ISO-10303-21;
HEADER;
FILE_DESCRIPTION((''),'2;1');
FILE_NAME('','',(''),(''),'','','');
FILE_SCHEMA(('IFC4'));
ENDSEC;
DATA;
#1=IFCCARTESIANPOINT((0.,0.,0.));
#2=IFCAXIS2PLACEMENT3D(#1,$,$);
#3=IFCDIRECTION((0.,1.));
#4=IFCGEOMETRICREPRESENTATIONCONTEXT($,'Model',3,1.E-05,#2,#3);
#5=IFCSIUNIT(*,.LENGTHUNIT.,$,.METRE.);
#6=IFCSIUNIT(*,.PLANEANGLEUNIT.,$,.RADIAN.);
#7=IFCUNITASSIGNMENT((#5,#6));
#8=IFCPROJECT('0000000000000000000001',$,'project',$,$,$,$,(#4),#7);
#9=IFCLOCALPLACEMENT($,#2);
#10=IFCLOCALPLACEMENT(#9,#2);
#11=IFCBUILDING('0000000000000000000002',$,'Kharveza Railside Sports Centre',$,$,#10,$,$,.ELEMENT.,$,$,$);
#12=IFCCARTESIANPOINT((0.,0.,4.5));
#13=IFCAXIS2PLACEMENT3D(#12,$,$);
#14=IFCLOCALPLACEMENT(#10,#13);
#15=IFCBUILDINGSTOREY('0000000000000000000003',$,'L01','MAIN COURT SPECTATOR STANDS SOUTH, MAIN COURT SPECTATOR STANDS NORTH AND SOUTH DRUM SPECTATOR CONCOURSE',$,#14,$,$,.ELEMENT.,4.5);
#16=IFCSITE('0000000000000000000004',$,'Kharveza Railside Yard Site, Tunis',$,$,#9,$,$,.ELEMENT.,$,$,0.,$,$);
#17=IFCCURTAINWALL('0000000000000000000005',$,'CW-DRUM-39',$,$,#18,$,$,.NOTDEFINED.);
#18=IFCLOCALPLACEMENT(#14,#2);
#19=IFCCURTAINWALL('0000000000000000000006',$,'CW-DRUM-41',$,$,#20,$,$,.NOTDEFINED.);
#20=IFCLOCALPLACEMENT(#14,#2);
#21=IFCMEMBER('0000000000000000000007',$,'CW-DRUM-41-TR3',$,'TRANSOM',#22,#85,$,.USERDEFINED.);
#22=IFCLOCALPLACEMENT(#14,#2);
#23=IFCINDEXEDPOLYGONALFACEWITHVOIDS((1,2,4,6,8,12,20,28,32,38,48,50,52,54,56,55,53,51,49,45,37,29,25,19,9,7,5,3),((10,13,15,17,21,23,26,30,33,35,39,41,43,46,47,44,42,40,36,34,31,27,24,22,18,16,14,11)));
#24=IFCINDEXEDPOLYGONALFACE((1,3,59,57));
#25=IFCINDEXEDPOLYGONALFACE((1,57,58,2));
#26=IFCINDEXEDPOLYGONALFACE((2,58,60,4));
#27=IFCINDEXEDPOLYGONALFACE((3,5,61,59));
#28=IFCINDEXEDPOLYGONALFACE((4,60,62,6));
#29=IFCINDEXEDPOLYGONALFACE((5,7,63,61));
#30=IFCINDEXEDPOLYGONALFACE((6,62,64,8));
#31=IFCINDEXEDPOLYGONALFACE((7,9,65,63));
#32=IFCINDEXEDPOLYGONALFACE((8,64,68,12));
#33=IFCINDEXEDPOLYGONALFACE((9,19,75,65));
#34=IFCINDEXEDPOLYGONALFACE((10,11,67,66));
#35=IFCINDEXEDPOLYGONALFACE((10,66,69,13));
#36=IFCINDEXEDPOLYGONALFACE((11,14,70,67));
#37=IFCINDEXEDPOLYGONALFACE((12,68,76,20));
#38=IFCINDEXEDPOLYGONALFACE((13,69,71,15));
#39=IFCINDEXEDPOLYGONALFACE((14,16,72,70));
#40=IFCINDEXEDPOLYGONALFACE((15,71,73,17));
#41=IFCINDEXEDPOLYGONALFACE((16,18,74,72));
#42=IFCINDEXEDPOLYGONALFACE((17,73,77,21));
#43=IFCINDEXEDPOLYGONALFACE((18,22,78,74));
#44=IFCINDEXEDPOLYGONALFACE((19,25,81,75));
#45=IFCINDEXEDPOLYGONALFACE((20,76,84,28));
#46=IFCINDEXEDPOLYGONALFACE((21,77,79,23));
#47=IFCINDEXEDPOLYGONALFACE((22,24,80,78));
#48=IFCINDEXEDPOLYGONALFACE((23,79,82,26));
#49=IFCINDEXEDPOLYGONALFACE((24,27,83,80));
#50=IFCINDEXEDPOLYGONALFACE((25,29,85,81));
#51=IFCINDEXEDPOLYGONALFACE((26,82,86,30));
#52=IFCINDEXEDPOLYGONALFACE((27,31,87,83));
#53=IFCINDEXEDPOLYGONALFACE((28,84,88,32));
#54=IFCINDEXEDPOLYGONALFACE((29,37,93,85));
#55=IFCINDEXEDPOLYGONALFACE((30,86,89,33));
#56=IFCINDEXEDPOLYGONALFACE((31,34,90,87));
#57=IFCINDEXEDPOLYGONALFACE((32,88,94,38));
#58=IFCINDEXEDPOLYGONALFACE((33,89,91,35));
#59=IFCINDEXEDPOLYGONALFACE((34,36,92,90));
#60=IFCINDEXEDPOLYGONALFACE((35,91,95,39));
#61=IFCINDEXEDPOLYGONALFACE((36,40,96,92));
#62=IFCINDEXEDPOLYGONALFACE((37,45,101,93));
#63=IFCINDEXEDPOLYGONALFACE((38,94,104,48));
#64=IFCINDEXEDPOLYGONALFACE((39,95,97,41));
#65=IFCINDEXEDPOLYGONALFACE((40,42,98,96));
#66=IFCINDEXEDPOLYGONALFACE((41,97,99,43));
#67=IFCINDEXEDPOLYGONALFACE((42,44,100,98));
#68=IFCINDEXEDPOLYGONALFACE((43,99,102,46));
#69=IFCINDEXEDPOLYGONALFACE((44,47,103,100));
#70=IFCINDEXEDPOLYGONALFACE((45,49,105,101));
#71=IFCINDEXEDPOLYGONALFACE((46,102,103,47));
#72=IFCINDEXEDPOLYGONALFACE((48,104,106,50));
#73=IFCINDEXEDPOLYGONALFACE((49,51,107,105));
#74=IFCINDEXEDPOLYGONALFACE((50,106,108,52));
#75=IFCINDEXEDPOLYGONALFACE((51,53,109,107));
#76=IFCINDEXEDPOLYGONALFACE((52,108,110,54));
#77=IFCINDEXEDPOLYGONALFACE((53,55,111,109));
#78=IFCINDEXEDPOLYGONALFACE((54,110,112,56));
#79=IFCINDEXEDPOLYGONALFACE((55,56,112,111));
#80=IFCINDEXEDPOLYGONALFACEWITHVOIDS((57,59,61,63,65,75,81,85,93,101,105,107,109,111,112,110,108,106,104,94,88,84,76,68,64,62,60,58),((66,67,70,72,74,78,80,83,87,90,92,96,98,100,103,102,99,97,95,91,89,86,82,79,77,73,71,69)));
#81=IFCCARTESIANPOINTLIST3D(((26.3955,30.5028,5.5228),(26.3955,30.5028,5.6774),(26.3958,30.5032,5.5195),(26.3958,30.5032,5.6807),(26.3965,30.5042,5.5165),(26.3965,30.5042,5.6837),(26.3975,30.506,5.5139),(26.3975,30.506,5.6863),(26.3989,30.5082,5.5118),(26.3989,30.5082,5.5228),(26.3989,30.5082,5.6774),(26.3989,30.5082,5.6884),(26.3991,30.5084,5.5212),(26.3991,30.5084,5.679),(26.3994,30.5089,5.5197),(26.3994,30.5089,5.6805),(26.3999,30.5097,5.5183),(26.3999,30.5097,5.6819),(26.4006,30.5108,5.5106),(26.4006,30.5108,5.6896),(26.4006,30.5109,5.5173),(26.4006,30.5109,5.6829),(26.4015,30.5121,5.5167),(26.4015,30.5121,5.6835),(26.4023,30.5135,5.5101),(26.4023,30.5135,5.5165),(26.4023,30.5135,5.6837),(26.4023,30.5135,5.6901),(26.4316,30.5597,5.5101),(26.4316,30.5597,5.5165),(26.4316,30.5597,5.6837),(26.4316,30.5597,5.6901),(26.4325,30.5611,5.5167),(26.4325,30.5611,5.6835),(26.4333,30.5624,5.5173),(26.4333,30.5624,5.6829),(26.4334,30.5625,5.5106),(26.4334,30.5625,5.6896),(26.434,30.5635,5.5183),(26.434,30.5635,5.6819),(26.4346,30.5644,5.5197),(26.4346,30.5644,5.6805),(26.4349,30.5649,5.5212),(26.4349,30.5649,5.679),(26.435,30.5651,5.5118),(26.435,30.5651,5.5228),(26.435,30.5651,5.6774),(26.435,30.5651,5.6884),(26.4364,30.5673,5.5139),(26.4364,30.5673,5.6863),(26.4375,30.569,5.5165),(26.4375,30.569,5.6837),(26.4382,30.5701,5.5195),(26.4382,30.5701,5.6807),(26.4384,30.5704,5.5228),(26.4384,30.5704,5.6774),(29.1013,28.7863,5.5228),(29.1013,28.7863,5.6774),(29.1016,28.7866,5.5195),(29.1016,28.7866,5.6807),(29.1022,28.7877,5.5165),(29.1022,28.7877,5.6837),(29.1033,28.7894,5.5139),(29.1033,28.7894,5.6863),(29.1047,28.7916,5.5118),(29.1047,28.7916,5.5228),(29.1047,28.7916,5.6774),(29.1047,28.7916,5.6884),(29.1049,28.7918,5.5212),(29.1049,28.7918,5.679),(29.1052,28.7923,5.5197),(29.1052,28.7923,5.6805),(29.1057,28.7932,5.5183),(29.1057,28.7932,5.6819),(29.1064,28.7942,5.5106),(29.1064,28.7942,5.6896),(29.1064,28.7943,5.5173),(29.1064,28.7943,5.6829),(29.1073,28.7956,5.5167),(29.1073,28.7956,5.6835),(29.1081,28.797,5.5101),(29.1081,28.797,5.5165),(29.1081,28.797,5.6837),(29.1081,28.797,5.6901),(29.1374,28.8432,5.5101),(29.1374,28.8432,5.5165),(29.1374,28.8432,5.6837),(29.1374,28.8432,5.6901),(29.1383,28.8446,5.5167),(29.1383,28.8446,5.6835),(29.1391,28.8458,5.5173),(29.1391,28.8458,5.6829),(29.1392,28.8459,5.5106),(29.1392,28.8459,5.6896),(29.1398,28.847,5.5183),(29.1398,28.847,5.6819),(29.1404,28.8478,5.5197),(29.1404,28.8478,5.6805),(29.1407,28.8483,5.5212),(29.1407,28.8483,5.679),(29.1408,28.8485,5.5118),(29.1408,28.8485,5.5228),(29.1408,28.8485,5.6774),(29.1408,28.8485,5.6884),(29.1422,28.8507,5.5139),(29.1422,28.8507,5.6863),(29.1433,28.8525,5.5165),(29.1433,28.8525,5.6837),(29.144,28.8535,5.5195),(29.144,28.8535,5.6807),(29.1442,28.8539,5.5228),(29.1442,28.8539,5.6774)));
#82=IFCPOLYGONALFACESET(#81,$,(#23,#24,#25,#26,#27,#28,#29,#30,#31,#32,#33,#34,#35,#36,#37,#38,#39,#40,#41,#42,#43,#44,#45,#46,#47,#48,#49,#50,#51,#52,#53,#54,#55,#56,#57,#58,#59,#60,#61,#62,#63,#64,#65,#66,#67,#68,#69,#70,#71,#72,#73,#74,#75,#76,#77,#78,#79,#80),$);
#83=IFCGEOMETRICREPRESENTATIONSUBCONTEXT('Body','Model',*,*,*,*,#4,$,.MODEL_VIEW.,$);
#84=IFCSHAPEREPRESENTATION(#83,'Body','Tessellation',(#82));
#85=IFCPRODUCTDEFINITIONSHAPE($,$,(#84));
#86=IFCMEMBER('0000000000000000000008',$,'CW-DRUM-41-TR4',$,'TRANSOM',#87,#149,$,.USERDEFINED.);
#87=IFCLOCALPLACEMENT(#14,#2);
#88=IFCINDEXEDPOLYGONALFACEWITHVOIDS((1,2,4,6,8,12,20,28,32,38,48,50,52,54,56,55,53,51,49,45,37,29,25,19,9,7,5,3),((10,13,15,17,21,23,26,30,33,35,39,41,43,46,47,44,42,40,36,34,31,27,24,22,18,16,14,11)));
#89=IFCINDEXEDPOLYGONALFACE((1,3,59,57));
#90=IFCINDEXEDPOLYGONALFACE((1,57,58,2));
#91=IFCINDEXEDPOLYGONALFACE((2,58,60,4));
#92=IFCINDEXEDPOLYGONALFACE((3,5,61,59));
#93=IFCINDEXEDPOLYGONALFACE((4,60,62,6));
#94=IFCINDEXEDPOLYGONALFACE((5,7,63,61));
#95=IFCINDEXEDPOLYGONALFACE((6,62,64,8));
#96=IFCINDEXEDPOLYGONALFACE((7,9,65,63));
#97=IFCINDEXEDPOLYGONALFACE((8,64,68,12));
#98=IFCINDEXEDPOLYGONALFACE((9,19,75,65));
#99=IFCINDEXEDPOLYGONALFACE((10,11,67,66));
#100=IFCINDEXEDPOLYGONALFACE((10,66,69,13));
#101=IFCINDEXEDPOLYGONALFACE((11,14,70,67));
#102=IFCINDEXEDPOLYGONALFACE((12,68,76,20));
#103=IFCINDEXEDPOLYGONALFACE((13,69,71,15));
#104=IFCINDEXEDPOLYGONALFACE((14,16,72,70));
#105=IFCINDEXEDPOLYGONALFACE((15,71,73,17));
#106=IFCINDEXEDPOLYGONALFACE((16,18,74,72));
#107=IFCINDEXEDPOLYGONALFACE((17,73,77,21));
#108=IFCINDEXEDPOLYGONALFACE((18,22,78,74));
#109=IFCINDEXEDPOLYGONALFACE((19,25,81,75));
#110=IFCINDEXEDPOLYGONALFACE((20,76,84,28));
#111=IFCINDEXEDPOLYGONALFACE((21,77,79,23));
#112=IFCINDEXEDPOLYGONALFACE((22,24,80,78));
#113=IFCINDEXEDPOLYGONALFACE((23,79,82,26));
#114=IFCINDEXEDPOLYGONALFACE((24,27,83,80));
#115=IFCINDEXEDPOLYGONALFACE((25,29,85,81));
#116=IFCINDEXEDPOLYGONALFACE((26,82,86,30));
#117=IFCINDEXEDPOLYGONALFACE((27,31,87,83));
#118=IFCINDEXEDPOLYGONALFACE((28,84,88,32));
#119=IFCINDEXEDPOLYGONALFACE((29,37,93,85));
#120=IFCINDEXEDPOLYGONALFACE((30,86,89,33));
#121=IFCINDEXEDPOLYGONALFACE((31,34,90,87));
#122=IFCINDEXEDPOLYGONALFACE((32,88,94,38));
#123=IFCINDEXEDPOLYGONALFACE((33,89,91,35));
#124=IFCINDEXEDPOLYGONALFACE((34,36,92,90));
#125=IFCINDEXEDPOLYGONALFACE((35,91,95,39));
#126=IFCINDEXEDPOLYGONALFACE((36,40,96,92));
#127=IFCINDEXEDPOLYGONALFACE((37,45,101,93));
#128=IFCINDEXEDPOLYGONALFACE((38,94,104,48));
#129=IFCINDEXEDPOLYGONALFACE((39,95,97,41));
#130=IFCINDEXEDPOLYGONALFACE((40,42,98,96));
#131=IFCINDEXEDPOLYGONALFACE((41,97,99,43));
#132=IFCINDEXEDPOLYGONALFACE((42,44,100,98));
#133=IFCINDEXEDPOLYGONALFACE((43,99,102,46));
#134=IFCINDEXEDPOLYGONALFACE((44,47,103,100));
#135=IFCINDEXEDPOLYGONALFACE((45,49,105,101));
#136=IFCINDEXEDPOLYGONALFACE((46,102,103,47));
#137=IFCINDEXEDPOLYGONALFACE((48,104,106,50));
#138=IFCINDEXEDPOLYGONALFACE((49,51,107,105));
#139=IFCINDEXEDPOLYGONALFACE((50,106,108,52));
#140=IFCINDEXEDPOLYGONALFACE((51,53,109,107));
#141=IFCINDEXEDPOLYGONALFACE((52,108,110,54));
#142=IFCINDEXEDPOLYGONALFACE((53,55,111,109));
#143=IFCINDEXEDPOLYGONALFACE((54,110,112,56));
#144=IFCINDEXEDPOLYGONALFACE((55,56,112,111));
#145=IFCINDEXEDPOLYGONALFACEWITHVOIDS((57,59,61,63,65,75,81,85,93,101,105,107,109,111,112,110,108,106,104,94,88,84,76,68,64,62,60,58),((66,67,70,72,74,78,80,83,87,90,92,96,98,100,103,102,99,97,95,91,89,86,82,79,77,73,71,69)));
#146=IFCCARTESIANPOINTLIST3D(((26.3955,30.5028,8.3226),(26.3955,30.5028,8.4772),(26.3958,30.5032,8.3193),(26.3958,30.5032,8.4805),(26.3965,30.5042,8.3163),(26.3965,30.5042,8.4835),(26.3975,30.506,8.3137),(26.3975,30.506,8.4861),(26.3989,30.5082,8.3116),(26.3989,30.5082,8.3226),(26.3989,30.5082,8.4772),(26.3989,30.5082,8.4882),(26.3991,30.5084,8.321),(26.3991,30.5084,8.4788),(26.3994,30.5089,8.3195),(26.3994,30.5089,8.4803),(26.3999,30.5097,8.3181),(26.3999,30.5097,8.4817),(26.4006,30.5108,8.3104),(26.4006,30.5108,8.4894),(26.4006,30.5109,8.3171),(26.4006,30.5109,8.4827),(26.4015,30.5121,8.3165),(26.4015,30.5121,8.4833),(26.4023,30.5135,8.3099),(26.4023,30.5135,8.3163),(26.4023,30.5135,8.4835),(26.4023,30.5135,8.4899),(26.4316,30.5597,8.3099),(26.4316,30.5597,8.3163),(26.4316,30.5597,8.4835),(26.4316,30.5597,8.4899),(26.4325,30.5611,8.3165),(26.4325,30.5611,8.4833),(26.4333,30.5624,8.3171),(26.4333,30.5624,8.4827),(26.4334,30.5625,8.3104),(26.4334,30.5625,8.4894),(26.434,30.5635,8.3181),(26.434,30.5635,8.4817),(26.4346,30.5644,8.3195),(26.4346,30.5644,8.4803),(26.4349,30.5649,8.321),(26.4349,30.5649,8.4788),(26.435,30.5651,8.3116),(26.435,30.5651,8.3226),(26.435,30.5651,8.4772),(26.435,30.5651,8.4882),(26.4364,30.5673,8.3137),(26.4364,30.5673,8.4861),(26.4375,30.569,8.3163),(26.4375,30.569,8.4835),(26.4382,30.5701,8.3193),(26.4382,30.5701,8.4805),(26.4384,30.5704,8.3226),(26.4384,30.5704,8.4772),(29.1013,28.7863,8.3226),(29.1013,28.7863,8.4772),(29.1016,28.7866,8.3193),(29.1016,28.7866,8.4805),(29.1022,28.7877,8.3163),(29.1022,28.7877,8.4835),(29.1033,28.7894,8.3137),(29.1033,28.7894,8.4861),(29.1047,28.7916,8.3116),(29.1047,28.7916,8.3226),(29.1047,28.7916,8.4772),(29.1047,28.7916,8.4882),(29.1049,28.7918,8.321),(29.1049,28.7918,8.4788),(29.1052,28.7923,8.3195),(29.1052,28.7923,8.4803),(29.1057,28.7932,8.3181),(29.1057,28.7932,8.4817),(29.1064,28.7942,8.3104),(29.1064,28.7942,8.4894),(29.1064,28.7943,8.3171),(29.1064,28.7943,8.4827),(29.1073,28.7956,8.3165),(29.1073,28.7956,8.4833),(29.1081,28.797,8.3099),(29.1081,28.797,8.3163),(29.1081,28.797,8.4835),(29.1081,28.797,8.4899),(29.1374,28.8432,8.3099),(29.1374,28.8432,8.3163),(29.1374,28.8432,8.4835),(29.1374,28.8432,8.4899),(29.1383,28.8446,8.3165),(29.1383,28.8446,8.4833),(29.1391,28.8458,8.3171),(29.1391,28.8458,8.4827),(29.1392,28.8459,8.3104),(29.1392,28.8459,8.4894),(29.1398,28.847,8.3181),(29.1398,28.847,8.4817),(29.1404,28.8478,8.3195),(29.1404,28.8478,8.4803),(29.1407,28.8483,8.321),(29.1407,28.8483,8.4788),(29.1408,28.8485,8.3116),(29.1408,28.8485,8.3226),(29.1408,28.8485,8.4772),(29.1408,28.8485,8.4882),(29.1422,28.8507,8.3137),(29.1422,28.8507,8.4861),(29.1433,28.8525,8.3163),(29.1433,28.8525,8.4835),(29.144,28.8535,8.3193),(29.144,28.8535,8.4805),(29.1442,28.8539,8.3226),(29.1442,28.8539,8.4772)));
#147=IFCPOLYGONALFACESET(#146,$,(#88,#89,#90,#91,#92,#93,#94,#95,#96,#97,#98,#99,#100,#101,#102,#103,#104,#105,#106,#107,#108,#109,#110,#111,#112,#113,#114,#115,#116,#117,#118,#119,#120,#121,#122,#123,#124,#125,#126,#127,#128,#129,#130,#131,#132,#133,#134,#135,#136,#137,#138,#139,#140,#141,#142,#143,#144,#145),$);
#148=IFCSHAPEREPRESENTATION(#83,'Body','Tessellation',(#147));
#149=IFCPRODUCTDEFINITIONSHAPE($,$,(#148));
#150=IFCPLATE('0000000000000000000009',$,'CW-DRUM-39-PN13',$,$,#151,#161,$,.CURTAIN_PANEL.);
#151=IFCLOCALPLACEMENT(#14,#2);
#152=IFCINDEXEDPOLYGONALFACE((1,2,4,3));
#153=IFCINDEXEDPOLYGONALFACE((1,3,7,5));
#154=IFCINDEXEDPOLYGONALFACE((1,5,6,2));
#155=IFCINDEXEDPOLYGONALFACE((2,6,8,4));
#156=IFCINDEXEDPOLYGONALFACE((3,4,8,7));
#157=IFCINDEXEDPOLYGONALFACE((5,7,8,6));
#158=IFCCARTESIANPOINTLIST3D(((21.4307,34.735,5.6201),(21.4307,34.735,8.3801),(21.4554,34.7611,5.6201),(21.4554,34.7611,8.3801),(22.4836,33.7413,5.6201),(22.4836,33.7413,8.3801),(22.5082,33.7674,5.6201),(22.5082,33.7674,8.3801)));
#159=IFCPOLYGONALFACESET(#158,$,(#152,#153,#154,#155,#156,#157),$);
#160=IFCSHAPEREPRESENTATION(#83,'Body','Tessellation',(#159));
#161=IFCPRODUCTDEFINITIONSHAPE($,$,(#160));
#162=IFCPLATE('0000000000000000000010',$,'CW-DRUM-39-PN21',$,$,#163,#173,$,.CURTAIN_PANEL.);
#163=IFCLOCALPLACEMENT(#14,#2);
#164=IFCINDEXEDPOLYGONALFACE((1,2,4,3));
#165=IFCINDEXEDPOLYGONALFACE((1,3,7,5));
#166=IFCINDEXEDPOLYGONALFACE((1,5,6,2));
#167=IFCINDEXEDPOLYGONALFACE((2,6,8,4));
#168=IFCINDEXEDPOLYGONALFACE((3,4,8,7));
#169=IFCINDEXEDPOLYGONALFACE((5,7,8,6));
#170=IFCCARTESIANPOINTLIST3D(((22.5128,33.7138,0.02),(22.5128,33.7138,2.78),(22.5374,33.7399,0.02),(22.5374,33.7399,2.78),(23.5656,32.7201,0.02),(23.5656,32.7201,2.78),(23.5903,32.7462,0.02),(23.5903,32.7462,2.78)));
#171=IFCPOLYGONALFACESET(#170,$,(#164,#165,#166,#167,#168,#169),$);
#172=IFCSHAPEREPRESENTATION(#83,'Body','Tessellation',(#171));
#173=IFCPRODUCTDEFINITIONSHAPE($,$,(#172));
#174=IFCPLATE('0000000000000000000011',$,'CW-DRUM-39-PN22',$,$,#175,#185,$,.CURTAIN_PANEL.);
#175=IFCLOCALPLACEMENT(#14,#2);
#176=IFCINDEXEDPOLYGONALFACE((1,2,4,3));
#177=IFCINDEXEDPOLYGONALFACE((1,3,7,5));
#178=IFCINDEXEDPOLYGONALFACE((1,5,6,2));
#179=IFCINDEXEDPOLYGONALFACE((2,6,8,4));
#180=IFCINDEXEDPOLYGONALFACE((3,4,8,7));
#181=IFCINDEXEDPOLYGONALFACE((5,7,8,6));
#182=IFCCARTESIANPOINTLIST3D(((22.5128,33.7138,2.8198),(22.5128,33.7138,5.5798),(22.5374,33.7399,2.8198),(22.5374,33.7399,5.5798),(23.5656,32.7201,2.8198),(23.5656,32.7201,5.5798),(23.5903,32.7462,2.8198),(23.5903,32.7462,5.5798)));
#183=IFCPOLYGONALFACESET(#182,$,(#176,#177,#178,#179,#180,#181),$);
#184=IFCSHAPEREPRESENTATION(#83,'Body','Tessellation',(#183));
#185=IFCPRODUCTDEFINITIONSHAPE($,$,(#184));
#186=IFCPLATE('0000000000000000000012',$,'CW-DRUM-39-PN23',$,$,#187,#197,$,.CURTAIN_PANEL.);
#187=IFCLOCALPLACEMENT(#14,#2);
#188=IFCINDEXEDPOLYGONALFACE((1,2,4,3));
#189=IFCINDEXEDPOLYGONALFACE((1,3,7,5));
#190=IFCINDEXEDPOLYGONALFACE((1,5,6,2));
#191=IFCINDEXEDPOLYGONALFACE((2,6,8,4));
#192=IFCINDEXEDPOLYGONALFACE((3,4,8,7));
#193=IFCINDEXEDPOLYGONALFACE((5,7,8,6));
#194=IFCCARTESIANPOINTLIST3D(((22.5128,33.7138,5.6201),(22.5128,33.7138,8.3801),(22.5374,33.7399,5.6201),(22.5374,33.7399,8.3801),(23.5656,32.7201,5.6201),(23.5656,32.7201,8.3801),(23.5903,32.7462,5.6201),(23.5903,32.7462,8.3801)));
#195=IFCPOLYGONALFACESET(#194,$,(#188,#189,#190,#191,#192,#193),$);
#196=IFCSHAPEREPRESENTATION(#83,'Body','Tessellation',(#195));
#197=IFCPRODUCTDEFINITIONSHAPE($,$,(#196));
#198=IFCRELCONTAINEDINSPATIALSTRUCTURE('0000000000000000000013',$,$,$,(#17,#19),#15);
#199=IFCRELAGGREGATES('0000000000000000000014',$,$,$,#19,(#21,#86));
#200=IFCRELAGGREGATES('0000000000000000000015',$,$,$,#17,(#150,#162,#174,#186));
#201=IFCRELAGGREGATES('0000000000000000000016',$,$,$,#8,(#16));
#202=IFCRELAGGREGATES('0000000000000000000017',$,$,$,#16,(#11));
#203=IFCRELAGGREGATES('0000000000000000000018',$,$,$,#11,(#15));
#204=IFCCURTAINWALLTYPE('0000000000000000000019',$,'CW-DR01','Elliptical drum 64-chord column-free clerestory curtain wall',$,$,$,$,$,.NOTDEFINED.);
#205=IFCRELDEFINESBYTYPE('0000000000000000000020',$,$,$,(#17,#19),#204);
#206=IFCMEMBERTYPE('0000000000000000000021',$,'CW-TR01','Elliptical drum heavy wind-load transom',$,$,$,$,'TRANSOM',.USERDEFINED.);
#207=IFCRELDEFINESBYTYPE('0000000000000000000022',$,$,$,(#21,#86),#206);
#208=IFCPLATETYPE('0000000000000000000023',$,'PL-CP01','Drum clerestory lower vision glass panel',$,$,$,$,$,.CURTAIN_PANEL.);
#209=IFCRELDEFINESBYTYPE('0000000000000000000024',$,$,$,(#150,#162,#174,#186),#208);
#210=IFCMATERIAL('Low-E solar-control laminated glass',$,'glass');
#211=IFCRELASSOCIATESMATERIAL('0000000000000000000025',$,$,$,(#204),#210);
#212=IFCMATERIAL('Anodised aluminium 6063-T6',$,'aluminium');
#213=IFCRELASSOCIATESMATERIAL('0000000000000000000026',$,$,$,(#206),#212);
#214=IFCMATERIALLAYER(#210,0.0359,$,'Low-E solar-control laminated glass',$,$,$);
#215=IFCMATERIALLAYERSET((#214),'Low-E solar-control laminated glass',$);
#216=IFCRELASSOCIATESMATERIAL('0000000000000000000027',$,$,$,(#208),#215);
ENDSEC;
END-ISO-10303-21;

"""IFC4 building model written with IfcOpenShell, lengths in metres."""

from ifc_helpers import new_model, si_unit, direction, frame, origin, origin_2d, place, context, subcontext, project, spatial, rectangle, hollow_rectangle, extrude, material, layer, layer_set, material_profile, profile_set, type_object, element, aggregate, save


model = new_model("IFC4")

# Units and contexts
model_context = context("Model", 3, precision=1e-05, world=origin(), true_north=direction((0.0, 1.0)))
body_context = subcontext(model_context, "Body", "Model", "MODEL_VIEW")
ifc_project = project(units=[si_unit("LENGTHUNIT", "METRE"), si_unit("PLANEANGLEUNIT", "RADIAN")], contexts=[model_context])

# Site, building, storey
site_placement = place(None, origin())
site = spatial("IfcSite", under=ifc_project, at=site_placement, Name="Kharveza Railside Yard Site, Tunis", CompositionType="ELEMENT", RefElevation=0.0)
building_placement = place(site_placement, origin())
building = spatial("IfcBuilding", under=site, at=building_placement, Name="Kharveza Railside Sports Centre", CompositionType="ELEMENT")
storey_placement = place(building_placement, frame((0.0, 0.0, 4.5)))
storey = spatial("IfcBuildingStorey", under=building, at=storey_placement, Name="L01", Description="MAIN COURT SPECTATOR STANDS SOUTH, MAIN COURT SPECTATOR STANDS NORTH AND SOUTH DRUM SPECTATOR CONCOURSE", CompositionType="ELEMENT", Elevation=4.5)

# Curtain wall
ifc_material_1 = material(Name="Low-E solar-control laminated glass", Category="glass")
curtain_wall_type = type_object("IfcCurtainWallType", Name="CW-DR01", Description="Elliptical drum 64-chord column-free clerestory curtain wall", PredefinedType="NOTDEFINED", material=ifc_material_1)
curtain_wall_1_placement = place(storey_placement, origin())
curtain_wall_1 = element("IfcCurtainWall", 1, at=curtain_wall_1_placement, inside=storey, type_object=curtain_wall_type, Name="CW-DRUM-39", PredefinedType="NOTDEFINED")
ifc_material_2 = material(Name="Anodised aluminium 6063-T6", Category="aluminium")

# Curtain wall
curtain_wall_2_placement = place(storey_placement, origin())
curtain_wall_2 = element("IfcCurtainWall", 2, at=curtain_wall_2_placement, inside=storey, type_object=curtain_wall_type, Name="CW-DRUM-41", PredefinedType="NOTDEFINED")

# Members
ifc_material_profile_1 = material_profile(ifc_material_2, hollow_rectangle(XDim=0.0801, YDim=0.1799, WallThickness=0.0063, InnerFilletRadius=0.0063, OuterFilletRadius=0.0127, at=origin_2d()), Name="RHS 80x180x6.3")
ifc_profile_set_1 = profile_set([ifc_material_profile_1], Name="Anodised aluminium 6063-T6")
member_type_1 = type_object("IfcMemberType", Name="CW-TR01", Description="Elliptical drum heavy wind-load transom", ElementType="TRANSOM", PredefinedType="USERDEFINED", material=ifc_profile_set_1)
member_1_placement = place(storey_placement, frame((26.417, 30.5366, 5.6001), z_axis=(0.844414, -0.535692, 0.0), x_axis=(0.535692, 0.844414, 0.0)))
member_1 = element("IfcMember", 3, at=member_1_placement, type_object=member_type_1, Name="CW-DRUM-41-TR3", ObjectType="TRANSOM", PredefinedType="USERDEFINED", context=body_context, shape_type="SweptSolid", body=[
    extrude(hollow_rectangle(XDim=0.0801, YDim=0.1799, WallThickness=0.0063, InnerFilletRadius=0.0063, OuterFilletRadius=0.0127, at=origin_2d()), origin(), (0.0, 0.0, 1.0), 3.2043),
])
member_2_placement = place(storey_placement, frame((26.417, 30.5366, 8.3999), z_axis=(0.844414, -0.535692, 0.0), x_axis=(0.535692, 0.844414, 0.0)))
member_2 = element("IfcMember", 4, at=member_2_placement, type_object=member_type_1, Name="CW-DRUM-41-TR4", ObjectType="TRANSOM", PredefinedType="USERDEFINED", context=body_context, shape_type="SweptSolid", body=[
    extrude(hollow_rectangle(XDim=0.0801, YDim=0.1799, WallThickness=0.0063, InnerFilletRadius=0.0063, OuterFilletRadius=0.0127, at=origin_2d()), origin(), (0.0, 0.0, 1.0), 3.2043),
])
aggregate(curtain_wall_2, [member_1, member_2])

# Plates
ifc_layer_1 = layer(ifc_material_1, 0.0359, Name="Low-E solar-control laminated glass")
ifc_layer_set_1 = layer_set([ifc_layer_1], Name="Low-E solar-control laminated glass")
plate_type = type_object("IfcPlateType", Name="PL-CP01", Description="Drum clerestory lower vision glass panel", PredefinedType="CURTAIN_PANEL", material=ifc_layer_set_1)
plate_1_placement = place(storey_placement, frame((21.9695, 34.2512, 5.6201), z_axis=(0.0, 0.0, 1.0), x_axis=(0.727234, -0.68639, 0.0)))
plate_1 = element("IfcPlate", 5, at=plate_1_placement, type_object=plate_type, Name="CW-DRUM-39-PN13", PredefinedType="CURTAIN_PANEL", context=body_context, shape_type="SweptSolid", body=[
    extrude(rectangle(XDim=1.4478, YDim=0.0359, at=origin_2d()), origin(), (0.0, 0.0, 1.0), 2.76),
])
plate_2_placement = place(storey_placement, frame((23.0515, 33.23, 0.02), z_axis=(0.0, 0.0, 1.0), x_axis=(0.727234, -0.68639, 0.0)))
plate_2 = element("IfcPlate", 6, at=plate_2_placement, type_object=plate_type, Name="CW-DRUM-39-PN21", PredefinedType="CURTAIN_PANEL", context=body_context, shape_type="SweptSolid", body=[
    extrude(rectangle(XDim=1.4478, YDim=0.0359, at=origin_2d()), origin(), (0.0, 0.0, 1.0), 2.76),
])
plate_3_placement = place(storey_placement, frame((23.0515, 33.23, 2.8198), z_axis=(0.0, 0.0, 1.0), x_axis=(0.727234, -0.68639, 0.0)))
plate_3 = element("IfcPlate", 7, at=plate_3_placement, type_object=plate_type, Name="CW-DRUM-39-PN22", PredefinedType="CURTAIN_PANEL", context=body_context, shape_type="SweptSolid", body=[
    extrude(rectangle(XDim=1.4478, YDim=0.0359, at=origin_2d()), origin(), (0.0, 0.0, 1.0), 2.76),
])
plate_4_placement = place(storey_placement, frame((23.0515, 33.23, 5.6201), z_axis=(0.0, 0.0, 1.0), x_axis=(0.727234, -0.68639, 0.0)))
plate_4 = element("IfcPlate", 8, at=plate_4_placement, type_object=plate_type, Name="CW-DRUM-39-PN23", PredefinedType="CURTAIN_PANEL", context=body_context, shape_type="SweptSolid", body=[
    extrude(rectangle(XDim=1.4478, YDim=0.0359, at=origin_2d()), origin(), (0.0, 0.0, 1.0), 2.76),
])
aggregate(curtain_wall_1, [plate_1, plate_2, plate_3, plate_4])

save(model, "model.ifc")
